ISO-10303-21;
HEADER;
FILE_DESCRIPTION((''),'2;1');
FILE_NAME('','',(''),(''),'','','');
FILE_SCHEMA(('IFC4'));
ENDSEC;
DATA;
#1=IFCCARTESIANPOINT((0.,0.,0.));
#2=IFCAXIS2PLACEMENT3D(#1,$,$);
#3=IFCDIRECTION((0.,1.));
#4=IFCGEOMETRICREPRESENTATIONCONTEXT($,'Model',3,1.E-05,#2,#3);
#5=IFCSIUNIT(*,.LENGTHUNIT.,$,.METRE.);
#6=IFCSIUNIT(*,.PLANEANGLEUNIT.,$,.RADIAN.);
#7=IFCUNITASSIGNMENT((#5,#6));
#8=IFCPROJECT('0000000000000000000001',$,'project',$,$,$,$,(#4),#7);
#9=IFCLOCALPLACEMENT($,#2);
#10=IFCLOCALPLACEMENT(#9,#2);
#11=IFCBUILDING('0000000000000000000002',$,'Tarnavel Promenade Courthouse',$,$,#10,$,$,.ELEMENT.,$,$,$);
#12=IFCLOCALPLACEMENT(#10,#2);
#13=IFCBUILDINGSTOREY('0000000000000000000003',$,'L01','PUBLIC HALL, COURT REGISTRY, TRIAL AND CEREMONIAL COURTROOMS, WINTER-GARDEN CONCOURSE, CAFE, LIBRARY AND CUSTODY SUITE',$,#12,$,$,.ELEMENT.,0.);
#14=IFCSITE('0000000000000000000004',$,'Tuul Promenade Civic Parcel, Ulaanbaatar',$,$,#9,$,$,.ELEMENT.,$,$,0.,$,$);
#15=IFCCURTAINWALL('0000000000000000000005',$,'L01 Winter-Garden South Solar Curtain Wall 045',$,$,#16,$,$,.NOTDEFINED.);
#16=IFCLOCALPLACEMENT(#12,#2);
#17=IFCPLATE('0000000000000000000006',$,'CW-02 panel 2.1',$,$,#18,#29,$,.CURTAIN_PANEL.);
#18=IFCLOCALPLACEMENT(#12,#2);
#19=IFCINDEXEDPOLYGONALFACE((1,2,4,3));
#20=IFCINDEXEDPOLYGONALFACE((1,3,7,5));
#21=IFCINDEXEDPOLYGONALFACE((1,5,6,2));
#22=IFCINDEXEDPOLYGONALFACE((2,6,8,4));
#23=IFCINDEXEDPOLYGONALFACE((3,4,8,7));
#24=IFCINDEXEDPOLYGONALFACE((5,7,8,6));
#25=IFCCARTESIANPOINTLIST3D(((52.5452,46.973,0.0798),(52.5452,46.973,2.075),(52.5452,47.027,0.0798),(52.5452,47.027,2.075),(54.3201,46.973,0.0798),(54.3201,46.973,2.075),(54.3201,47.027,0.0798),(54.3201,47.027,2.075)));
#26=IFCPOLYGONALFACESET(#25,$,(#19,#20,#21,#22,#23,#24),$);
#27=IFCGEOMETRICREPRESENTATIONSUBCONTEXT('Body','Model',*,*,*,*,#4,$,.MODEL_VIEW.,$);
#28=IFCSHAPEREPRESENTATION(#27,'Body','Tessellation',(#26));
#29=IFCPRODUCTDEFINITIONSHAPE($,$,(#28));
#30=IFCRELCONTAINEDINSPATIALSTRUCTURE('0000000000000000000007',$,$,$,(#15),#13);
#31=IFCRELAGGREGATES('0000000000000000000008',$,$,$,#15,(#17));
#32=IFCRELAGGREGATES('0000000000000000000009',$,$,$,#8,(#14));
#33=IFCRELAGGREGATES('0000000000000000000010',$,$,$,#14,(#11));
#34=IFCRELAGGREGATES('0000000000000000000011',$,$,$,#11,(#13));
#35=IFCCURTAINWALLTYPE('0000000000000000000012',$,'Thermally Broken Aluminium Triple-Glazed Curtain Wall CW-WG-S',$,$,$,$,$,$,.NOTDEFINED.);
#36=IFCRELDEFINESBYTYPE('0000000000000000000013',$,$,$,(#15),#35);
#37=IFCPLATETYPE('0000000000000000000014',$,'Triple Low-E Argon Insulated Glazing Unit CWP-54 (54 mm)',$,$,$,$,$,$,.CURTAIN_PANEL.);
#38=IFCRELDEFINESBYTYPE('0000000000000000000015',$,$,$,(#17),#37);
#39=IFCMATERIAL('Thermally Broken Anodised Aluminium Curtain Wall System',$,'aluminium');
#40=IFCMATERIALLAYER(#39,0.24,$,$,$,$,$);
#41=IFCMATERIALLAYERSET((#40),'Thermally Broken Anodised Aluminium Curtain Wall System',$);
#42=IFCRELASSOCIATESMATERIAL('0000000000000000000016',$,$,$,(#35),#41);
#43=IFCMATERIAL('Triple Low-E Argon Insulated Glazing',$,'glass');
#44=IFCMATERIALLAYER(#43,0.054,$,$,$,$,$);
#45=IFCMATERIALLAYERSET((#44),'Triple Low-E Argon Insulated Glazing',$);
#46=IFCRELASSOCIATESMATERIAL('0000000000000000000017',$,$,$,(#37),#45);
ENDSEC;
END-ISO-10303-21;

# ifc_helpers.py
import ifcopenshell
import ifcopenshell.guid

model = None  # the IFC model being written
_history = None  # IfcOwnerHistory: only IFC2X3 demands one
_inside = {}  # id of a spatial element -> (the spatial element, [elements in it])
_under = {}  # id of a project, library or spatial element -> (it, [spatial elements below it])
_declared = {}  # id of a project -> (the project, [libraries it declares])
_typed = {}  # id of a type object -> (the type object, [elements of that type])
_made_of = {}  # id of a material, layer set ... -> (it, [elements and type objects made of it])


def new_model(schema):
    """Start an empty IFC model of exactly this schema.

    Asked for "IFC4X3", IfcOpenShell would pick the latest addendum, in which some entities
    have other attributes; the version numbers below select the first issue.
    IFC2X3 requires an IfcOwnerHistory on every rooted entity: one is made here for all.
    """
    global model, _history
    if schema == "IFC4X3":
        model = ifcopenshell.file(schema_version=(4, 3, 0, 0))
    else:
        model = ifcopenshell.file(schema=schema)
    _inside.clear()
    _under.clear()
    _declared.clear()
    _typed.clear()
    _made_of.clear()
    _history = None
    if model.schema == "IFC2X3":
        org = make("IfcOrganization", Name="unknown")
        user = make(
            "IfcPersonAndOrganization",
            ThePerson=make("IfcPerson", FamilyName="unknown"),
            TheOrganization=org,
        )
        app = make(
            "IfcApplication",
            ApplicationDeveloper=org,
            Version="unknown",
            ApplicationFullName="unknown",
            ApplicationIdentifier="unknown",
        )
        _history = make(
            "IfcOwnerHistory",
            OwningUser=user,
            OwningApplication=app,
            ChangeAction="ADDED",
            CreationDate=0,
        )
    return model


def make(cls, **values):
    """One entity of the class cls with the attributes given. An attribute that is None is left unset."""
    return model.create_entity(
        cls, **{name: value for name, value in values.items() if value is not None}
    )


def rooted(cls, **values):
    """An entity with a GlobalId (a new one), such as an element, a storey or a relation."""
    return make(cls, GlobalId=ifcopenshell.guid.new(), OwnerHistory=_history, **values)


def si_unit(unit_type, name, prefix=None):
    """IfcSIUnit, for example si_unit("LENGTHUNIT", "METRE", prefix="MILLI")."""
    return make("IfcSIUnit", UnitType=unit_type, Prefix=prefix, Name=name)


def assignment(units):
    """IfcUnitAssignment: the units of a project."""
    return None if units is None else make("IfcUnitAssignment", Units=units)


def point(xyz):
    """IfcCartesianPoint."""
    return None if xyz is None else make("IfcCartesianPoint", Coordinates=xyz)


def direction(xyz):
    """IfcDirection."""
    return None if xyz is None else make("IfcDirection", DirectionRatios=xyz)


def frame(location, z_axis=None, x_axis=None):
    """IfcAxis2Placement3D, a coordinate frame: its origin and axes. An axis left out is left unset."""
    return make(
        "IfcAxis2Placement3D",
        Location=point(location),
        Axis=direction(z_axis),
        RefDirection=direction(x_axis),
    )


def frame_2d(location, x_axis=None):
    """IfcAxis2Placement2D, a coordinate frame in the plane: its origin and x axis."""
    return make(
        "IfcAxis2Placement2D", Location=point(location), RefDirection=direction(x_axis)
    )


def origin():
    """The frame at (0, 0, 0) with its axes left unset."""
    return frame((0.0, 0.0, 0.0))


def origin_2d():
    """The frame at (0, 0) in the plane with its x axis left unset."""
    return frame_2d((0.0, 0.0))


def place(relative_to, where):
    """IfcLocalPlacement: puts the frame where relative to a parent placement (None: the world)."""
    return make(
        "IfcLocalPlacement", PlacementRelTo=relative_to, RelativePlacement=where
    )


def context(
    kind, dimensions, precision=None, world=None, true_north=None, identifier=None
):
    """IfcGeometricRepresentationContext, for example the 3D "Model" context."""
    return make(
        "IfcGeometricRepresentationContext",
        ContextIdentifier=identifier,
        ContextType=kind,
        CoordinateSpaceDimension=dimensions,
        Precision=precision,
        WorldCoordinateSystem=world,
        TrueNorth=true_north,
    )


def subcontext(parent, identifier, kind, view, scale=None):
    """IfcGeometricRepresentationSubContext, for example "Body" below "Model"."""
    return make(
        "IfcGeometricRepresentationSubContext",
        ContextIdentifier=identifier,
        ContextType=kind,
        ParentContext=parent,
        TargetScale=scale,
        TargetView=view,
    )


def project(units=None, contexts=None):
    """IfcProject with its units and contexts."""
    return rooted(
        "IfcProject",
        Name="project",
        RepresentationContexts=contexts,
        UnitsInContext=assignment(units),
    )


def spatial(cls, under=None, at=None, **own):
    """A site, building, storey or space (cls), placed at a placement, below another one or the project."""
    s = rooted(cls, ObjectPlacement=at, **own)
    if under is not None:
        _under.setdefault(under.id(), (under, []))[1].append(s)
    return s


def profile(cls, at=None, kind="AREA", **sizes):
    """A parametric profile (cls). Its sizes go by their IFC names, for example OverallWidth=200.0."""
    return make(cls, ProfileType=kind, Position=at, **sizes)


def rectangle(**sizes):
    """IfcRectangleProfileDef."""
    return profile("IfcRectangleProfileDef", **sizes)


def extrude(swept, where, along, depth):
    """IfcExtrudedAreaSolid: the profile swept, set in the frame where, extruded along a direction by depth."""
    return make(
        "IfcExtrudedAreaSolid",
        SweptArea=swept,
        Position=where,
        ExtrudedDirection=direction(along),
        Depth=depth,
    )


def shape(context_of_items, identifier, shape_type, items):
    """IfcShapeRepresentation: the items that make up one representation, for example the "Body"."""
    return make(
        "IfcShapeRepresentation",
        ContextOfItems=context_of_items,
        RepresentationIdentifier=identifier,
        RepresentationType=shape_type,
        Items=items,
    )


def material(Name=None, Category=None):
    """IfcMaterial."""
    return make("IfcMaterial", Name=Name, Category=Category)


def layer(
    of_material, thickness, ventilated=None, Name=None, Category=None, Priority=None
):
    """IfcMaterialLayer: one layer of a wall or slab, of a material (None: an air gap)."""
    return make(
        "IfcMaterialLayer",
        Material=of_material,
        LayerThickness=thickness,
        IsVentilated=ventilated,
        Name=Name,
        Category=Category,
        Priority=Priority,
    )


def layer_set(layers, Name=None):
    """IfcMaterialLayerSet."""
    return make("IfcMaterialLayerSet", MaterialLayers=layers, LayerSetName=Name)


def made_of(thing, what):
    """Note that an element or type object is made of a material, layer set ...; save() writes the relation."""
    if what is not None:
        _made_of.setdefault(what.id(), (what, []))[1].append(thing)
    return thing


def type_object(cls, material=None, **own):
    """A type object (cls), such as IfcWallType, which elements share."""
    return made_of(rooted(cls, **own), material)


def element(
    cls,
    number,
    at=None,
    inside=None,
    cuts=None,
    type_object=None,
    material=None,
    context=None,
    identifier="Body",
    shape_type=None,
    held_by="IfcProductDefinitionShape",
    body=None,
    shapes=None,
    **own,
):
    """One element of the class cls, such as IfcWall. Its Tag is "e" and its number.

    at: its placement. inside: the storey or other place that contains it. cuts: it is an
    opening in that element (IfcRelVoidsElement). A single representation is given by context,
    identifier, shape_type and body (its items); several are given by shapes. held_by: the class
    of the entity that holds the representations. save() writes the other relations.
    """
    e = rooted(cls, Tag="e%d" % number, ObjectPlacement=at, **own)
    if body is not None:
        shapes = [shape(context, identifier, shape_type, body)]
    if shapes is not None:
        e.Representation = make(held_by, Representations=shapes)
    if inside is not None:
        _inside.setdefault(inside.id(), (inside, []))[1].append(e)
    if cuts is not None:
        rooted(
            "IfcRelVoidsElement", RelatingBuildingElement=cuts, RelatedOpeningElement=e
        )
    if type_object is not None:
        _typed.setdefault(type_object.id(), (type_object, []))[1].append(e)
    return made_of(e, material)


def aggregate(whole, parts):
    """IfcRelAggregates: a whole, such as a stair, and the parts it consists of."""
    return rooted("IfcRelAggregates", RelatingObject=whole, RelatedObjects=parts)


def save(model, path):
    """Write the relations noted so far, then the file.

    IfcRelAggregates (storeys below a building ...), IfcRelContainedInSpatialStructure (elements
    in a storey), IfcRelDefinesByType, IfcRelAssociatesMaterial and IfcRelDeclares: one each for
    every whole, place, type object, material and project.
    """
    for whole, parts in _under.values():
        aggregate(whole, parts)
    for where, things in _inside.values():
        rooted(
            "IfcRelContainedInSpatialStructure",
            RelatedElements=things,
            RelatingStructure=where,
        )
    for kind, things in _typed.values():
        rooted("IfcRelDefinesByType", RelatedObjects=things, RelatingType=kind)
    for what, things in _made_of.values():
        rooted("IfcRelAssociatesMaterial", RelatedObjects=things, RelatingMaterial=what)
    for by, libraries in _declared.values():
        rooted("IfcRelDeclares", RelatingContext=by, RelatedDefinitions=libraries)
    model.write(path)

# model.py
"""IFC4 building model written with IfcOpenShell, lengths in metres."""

from ifc_helpers import new_model, si_unit, direction, frame, origin, origin_2d, place, context, subcontext, project, spatial, rectangle, extrude, material, layer, layer_set, type_object, element, aggregate, save


model = new_model("IFC4")

# Units and contexts
model_context = context("Model", 3, precision=1e-05, world=origin(), true_north=direction((0.0, 1.0)))
body_context = subcontext(model_context, "Body", "Model", "MODEL_VIEW")
ifc_project = project(units=[si_unit("LENGTHUNIT", "METRE"), si_unit("PLANEANGLEUNIT", "RADIAN")], contexts=[model_context])

# Site, building, storey
site_placement = place(None, origin())
site = spatial("IfcSite", under=ifc_project, at=site_placement, Name="Tuul Promenade Civic Parcel, Ulaanbaatar", CompositionType="ELEMENT", RefElevation=0.0)
building_placement = place(site_placement, origin())
building = spatial("IfcBuilding", under=site, at=building_placement, Name="Tarnavel Promenade Courthouse", CompositionType="ELEMENT")
storey_placement = place(building_placement, origin())
storey = spatial("IfcBuildingStorey", under=building, at=storey_placement, Name="L01", Description="PUBLIC HALL, COURT REGISTRY, TRIAL AND CEREMONIAL COURTROOMS, WINTER-GARDEN CONCOURSE, CAFE, LIBRARY AND CUSTODY SUITE", CompositionType="ELEMENT", Elevation=0.0)

# Curtain wall
ifc_material_1 = material(Name="Thermally Broken Anodised Aluminium Curtain Wall System", Category="aluminium")
ifc_layer_1 = layer(ifc_material_1, 0.24)
ifc_layer_set_1 = layer_set([ifc_layer_1], Name="Thermally Broken Anodised Aluminium Curtain Wall System")
curtain_wall_type = type_object("IfcCurtainWallType", Name="Thermally Broken Aluminium Triple-Glazed Curtain Wall CW-WG-S", PredefinedType="NOTDEFINED", material=ifc_layer_set_1)
curtain_wall_1_placement = place(storey_placement, origin())
curtain_wall_1 = element("IfcCurtainWall", 1, at=curtain_wall_1_placement, inside=storey, type_object=curtain_wall_type, Name="L01 Winter-Garden South Solar Curtain Wall 045", PredefinedType="NOTDEFINED")

# Plate
ifc_material_2 = material(Name="Triple Low-E Argon Insulated Glazing", Category="glass")
ifc_layer_2 = layer(ifc_material_2, 0.054)
ifc_layer_set_2 = layer_set([ifc_layer_2], Name="Triple Low-E Argon Insulated Glazing")
plate_type = type_object("IfcPlateType", Name="Triple Low-E Argon Insulated Glazing Unit CWP-54 (54 mm)", PredefinedType="CURTAIN_PANEL", material=ifc_layer_set_2)
plate_1_placement = place(storey_placement, frame((53.4326, 47.0, 0.0798), z_axis=(0.0, 0.0, 1.0), x_axis=(1.0, 0.0, 0.0)))
plate_1 = element("IfcPlate", 2, at=plate_1_placement, type_object=plate_type, Name="CW-02 panel 2.1", PredefinedType="CURTAIN_PANEL", context=body_context, shape_type="SweptSolid", body=[
    extrude(rectangle(XDim=1.7749, YDim=0.054, at=origin_2d()), origin(), (0.0, 0.0, 1.0), 1.9951),
])
aggregate(curtain_wall_1, [plate_1])

save(model, "model.ifc")
